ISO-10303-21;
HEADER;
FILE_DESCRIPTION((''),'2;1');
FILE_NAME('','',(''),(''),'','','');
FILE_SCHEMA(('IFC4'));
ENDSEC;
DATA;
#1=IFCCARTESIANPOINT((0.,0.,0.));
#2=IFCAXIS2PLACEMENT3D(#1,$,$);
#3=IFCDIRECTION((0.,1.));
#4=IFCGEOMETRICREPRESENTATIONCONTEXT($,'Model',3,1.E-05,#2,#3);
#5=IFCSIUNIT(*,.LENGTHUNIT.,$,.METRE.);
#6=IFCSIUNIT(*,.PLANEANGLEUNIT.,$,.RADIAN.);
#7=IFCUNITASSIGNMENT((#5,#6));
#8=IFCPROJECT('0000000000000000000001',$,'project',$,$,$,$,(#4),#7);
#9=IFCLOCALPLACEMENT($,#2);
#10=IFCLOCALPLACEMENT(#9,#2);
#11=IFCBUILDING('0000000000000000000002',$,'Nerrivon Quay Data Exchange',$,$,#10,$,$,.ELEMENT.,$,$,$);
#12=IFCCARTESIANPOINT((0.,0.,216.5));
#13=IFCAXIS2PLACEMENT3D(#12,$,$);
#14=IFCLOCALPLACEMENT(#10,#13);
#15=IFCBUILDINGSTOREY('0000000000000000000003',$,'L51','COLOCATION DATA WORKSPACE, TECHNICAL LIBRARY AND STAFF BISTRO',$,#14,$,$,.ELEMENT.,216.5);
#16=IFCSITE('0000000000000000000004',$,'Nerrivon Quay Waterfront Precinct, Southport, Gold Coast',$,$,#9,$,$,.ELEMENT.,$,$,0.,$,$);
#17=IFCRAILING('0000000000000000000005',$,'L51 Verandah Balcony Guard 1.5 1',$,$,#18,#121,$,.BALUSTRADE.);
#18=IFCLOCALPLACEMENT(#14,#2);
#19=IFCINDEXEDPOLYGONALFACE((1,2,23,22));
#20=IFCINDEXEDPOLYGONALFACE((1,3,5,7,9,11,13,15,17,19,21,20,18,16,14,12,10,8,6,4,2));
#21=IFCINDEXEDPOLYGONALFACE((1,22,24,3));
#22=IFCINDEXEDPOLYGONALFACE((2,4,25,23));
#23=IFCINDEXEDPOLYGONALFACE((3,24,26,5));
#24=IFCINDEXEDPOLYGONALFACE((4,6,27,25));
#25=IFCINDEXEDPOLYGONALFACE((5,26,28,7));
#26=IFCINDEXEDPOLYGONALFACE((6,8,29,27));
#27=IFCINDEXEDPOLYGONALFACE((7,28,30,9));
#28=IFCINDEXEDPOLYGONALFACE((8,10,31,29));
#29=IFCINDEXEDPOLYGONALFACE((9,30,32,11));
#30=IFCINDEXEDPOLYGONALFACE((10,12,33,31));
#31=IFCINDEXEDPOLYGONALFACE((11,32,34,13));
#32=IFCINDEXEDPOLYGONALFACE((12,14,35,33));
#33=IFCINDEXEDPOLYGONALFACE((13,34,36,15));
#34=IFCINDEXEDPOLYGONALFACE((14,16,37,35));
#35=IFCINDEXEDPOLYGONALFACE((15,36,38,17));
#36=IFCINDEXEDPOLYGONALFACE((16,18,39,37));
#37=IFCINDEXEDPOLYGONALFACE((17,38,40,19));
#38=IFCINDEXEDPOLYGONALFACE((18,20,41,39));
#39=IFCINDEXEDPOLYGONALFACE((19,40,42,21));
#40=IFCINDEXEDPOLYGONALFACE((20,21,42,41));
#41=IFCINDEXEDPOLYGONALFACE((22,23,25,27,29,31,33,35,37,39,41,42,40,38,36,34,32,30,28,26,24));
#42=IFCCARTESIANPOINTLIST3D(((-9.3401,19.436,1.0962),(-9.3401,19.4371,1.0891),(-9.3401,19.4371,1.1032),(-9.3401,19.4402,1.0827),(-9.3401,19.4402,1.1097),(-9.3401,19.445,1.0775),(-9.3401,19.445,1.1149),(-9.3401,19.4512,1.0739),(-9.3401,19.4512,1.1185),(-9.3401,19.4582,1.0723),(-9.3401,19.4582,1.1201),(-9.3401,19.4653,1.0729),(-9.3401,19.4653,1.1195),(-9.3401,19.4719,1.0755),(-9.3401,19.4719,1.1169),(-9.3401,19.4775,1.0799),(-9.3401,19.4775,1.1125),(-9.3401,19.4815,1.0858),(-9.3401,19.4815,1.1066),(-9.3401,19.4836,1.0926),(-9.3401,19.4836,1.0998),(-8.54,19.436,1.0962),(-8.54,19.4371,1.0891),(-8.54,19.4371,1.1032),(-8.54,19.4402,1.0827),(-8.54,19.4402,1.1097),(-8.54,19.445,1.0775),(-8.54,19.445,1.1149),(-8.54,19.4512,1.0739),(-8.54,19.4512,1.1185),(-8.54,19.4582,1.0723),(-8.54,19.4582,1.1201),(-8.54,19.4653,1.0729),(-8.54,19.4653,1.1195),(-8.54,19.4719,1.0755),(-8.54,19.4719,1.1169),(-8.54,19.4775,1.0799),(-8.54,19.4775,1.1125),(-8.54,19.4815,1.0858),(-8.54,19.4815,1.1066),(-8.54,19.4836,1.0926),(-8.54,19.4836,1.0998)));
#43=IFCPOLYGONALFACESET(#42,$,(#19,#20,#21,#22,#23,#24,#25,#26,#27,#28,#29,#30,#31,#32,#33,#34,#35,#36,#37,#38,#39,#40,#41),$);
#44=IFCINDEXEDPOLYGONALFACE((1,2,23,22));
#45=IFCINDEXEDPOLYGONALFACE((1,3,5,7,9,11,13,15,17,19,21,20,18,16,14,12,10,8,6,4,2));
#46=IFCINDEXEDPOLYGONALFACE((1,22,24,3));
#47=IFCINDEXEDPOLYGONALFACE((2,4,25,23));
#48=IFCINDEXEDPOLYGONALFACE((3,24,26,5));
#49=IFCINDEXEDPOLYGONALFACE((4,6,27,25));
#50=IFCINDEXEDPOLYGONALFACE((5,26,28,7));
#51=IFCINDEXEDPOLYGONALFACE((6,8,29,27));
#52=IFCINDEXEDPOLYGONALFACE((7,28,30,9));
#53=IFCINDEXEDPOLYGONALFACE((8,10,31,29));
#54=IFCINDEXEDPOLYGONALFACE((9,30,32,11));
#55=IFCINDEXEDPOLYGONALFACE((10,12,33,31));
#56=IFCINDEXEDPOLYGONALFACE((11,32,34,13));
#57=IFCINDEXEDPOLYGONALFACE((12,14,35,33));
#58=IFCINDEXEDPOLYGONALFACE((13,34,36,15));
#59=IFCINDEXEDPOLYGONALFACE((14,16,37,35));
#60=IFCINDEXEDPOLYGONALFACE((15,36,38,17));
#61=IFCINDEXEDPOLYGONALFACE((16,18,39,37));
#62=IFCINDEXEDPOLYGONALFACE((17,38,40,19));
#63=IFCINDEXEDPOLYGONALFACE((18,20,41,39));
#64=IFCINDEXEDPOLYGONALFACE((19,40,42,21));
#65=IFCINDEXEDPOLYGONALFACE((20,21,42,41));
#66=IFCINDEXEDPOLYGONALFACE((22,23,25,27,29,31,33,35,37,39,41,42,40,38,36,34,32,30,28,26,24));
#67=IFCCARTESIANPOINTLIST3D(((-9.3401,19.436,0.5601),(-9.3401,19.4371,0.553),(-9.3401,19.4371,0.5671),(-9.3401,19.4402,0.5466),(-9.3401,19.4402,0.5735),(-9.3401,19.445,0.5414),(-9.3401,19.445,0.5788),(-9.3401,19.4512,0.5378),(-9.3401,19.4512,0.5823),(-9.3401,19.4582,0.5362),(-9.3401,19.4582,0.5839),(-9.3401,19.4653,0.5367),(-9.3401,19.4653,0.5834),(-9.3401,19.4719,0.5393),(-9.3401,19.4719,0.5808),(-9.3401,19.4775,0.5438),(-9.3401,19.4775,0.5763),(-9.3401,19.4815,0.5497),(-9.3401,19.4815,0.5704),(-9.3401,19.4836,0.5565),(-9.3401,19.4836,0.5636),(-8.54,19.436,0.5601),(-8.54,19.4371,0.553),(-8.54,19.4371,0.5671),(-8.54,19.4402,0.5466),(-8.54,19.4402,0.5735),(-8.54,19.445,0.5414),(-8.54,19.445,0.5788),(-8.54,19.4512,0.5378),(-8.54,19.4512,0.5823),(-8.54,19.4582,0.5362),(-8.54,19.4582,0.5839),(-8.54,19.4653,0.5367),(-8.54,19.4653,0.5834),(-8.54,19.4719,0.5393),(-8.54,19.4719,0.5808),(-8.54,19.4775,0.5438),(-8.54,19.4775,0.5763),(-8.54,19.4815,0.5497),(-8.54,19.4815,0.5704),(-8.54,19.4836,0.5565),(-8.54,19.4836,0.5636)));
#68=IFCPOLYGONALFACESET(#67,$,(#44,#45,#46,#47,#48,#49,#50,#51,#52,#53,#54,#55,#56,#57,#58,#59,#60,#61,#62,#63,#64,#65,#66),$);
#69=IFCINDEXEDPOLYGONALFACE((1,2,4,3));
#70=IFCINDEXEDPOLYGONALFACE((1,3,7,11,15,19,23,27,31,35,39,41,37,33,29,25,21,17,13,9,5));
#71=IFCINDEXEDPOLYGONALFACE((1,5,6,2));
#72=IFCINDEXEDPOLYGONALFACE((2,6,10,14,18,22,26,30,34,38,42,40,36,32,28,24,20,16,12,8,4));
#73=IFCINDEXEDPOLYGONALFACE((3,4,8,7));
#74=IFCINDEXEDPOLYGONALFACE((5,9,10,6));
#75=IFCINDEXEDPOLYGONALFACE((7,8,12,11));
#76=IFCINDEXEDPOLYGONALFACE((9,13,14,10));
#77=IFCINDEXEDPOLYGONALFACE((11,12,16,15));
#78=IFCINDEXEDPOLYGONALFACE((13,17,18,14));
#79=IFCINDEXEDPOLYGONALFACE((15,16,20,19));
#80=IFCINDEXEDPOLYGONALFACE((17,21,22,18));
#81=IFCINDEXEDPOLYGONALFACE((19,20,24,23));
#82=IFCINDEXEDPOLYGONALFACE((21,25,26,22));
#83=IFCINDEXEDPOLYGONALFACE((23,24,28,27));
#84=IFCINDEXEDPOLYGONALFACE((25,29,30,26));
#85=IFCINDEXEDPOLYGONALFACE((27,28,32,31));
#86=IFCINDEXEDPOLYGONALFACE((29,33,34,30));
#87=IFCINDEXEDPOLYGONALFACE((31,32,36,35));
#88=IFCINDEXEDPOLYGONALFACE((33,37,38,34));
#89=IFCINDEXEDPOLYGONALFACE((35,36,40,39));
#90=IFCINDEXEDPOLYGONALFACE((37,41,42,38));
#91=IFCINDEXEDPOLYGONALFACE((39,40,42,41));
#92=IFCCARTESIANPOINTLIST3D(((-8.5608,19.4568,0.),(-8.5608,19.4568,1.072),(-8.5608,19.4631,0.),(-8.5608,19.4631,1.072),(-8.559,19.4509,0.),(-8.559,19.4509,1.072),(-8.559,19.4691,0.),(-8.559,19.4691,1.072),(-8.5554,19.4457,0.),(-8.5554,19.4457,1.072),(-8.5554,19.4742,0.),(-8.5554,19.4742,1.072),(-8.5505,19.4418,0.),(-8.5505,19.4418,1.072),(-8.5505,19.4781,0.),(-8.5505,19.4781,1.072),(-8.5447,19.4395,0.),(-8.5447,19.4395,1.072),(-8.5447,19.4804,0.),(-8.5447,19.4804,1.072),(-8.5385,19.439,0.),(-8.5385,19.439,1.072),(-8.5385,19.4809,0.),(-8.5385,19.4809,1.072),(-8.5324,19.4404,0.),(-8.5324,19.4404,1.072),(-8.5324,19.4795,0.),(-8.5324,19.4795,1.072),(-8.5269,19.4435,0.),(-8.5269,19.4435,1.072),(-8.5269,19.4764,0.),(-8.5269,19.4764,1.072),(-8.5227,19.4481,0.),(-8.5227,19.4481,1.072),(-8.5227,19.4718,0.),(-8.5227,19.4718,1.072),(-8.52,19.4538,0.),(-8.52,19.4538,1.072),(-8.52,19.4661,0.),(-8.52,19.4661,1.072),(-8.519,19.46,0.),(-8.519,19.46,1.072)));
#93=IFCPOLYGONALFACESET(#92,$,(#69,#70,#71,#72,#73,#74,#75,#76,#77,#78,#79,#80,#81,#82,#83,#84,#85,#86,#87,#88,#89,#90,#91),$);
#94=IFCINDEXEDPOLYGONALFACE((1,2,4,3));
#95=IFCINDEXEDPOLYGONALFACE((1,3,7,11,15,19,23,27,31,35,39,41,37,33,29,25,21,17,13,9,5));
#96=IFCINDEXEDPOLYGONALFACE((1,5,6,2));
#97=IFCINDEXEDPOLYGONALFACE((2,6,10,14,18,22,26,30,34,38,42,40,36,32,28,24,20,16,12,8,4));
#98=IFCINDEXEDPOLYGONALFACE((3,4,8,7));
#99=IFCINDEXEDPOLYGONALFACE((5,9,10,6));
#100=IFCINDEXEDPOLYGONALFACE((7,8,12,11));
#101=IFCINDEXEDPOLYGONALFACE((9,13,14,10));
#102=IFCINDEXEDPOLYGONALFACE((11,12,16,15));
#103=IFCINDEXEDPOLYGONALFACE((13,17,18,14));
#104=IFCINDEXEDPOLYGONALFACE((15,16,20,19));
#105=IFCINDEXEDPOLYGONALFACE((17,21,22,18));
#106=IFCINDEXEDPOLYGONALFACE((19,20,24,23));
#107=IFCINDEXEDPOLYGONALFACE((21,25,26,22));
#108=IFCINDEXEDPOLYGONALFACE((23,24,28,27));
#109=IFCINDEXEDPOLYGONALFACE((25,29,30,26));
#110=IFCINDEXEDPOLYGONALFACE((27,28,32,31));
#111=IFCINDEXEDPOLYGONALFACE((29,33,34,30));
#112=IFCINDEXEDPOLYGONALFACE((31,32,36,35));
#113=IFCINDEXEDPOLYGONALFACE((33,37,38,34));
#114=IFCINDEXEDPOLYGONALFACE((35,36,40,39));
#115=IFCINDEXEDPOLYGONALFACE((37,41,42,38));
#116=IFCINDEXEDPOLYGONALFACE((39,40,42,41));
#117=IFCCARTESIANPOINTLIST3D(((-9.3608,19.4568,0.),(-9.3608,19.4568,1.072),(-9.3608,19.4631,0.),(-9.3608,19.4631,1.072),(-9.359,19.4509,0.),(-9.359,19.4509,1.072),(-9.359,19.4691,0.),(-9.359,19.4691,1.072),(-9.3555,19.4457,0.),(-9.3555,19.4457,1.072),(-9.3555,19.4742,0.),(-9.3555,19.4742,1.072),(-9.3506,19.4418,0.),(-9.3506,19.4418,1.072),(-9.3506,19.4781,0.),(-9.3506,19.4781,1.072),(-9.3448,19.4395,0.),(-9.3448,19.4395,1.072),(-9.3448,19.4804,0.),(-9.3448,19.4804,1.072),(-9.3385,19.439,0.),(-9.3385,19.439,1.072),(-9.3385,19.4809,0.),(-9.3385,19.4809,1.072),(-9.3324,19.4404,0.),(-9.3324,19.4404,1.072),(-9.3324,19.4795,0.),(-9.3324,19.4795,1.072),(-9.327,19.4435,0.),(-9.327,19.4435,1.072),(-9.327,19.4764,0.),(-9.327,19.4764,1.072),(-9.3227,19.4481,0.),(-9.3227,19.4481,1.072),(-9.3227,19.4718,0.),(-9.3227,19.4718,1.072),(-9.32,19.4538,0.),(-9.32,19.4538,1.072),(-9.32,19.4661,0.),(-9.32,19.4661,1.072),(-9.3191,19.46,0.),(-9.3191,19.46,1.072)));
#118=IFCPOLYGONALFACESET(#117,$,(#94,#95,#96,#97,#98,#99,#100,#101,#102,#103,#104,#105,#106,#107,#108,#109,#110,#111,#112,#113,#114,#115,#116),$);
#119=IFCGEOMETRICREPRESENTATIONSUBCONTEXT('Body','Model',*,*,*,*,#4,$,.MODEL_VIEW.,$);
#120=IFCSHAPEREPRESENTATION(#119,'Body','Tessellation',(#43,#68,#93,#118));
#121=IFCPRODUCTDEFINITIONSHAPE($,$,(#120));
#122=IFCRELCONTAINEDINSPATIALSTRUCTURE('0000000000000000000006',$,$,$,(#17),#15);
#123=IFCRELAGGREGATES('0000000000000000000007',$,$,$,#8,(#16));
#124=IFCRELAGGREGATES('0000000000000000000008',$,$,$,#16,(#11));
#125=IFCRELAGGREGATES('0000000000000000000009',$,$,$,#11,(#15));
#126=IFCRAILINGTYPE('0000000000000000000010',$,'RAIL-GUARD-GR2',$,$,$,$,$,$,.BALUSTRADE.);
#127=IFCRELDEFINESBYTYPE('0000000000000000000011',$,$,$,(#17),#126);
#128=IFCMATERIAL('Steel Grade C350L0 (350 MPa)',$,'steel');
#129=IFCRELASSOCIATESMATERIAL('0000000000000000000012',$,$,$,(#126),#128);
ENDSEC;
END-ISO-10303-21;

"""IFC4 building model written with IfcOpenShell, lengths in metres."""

from ifc_helpers import new_model, si_unit, direction, frame, origin, origin_2d, place, context, subcontext, project, spatial, circle, extrude, material, type_object, element, save


model = new_model("IFC4")

# Units and contexts
model_context = context("Model", 3, precision=1e-05, world=origin(), true_north=direction((0.0, 1.0)))
body_context = subcontext(model_context, "Body", "Model", "MODEL_VIEW")
ifc_project = project(units=[si_unit("LENGTHUNIT", "METRE"), si_unit("PLANEANGLEUNIT", "RADIAN")], contexts=[model_context])

# Site, building, storey
site_placement = place(None, origin())
site = spatial("IfcSite", under=ifc_project, at=site_placement, Name="Nerrivon Quay Waterfront Precinct, Southport, Gold Coast", CompositionType="ELEMENT", RefElevation=0.0)
building_placement = place(site_placement, origin())
building = spatial("IfcBuilding", under=site, at=building_placement, Name="Nerrivon Quay Data Exchange", CompositionType="ELEMENT")
storey_placement = place(building_placement, frame((0.0, 0.0, 216.5)))
storey = spatial("IfcBuildingStorey", under=building, at=storey_placement, Name="L51", Description="COLOCATION DATA WORKSPACE, TECHNICAL LIBRARY AND STAFF BISTRO", CompositionType="ELEMENT", Elevation=216.5)

# Shared definitions
ifc_material_1 = material(Name="Steel Grade C350L0 (350 MPa)", Category="steel")

# Railing
railing_type = type_object("IfcRailingType", Name="RAIL-GUARD-GR2", PredefinedType="BALUSTRADE", material=ifc_material_1)
railing_1_placement = place(storey_placement, frame((-8.54, 19.46, 0.0)))
element("IfcRailing", 1, at=railing_1_placement, inside=storey, type_object=railing_type, Name="L51 Verandah Balcony Guard 1.5 1", PredefinedType="BALUSTRADE", context=body_context, shape_type="SweptSolid", body=[
    extrude(circle(Radius=0.0239, at=origin_2d()), frame((0.0, 0.0, 1.0962), z_axis=(-1.0, 0.0, 0.0), x_axis=(0.0, -1.0, 0.0)), (0.0, 0.0, 1.0), 0.8),
    extrude(circle(Radius=0.0239, at=origin_2d()), frame((0.0, 0.0, 0.5601), z_axis=(-1.0, 0.0, 0.0), x_axis=(0.0, -1.0, 0.0)), (0.0, 0.0, 1.0), 0.8),
    extrude(circle(Radius=0.021, at=origin_2d()), origin(), (0.0, 0.0, 1.0), 1.072),
    extrude(circle(Radius=0.021, at=origin_2d()), frame((-0.8, 0.0, 0.0)), (0.0, 0.0, 1.0), 1.072),
])

save(model, "model.ifc")
